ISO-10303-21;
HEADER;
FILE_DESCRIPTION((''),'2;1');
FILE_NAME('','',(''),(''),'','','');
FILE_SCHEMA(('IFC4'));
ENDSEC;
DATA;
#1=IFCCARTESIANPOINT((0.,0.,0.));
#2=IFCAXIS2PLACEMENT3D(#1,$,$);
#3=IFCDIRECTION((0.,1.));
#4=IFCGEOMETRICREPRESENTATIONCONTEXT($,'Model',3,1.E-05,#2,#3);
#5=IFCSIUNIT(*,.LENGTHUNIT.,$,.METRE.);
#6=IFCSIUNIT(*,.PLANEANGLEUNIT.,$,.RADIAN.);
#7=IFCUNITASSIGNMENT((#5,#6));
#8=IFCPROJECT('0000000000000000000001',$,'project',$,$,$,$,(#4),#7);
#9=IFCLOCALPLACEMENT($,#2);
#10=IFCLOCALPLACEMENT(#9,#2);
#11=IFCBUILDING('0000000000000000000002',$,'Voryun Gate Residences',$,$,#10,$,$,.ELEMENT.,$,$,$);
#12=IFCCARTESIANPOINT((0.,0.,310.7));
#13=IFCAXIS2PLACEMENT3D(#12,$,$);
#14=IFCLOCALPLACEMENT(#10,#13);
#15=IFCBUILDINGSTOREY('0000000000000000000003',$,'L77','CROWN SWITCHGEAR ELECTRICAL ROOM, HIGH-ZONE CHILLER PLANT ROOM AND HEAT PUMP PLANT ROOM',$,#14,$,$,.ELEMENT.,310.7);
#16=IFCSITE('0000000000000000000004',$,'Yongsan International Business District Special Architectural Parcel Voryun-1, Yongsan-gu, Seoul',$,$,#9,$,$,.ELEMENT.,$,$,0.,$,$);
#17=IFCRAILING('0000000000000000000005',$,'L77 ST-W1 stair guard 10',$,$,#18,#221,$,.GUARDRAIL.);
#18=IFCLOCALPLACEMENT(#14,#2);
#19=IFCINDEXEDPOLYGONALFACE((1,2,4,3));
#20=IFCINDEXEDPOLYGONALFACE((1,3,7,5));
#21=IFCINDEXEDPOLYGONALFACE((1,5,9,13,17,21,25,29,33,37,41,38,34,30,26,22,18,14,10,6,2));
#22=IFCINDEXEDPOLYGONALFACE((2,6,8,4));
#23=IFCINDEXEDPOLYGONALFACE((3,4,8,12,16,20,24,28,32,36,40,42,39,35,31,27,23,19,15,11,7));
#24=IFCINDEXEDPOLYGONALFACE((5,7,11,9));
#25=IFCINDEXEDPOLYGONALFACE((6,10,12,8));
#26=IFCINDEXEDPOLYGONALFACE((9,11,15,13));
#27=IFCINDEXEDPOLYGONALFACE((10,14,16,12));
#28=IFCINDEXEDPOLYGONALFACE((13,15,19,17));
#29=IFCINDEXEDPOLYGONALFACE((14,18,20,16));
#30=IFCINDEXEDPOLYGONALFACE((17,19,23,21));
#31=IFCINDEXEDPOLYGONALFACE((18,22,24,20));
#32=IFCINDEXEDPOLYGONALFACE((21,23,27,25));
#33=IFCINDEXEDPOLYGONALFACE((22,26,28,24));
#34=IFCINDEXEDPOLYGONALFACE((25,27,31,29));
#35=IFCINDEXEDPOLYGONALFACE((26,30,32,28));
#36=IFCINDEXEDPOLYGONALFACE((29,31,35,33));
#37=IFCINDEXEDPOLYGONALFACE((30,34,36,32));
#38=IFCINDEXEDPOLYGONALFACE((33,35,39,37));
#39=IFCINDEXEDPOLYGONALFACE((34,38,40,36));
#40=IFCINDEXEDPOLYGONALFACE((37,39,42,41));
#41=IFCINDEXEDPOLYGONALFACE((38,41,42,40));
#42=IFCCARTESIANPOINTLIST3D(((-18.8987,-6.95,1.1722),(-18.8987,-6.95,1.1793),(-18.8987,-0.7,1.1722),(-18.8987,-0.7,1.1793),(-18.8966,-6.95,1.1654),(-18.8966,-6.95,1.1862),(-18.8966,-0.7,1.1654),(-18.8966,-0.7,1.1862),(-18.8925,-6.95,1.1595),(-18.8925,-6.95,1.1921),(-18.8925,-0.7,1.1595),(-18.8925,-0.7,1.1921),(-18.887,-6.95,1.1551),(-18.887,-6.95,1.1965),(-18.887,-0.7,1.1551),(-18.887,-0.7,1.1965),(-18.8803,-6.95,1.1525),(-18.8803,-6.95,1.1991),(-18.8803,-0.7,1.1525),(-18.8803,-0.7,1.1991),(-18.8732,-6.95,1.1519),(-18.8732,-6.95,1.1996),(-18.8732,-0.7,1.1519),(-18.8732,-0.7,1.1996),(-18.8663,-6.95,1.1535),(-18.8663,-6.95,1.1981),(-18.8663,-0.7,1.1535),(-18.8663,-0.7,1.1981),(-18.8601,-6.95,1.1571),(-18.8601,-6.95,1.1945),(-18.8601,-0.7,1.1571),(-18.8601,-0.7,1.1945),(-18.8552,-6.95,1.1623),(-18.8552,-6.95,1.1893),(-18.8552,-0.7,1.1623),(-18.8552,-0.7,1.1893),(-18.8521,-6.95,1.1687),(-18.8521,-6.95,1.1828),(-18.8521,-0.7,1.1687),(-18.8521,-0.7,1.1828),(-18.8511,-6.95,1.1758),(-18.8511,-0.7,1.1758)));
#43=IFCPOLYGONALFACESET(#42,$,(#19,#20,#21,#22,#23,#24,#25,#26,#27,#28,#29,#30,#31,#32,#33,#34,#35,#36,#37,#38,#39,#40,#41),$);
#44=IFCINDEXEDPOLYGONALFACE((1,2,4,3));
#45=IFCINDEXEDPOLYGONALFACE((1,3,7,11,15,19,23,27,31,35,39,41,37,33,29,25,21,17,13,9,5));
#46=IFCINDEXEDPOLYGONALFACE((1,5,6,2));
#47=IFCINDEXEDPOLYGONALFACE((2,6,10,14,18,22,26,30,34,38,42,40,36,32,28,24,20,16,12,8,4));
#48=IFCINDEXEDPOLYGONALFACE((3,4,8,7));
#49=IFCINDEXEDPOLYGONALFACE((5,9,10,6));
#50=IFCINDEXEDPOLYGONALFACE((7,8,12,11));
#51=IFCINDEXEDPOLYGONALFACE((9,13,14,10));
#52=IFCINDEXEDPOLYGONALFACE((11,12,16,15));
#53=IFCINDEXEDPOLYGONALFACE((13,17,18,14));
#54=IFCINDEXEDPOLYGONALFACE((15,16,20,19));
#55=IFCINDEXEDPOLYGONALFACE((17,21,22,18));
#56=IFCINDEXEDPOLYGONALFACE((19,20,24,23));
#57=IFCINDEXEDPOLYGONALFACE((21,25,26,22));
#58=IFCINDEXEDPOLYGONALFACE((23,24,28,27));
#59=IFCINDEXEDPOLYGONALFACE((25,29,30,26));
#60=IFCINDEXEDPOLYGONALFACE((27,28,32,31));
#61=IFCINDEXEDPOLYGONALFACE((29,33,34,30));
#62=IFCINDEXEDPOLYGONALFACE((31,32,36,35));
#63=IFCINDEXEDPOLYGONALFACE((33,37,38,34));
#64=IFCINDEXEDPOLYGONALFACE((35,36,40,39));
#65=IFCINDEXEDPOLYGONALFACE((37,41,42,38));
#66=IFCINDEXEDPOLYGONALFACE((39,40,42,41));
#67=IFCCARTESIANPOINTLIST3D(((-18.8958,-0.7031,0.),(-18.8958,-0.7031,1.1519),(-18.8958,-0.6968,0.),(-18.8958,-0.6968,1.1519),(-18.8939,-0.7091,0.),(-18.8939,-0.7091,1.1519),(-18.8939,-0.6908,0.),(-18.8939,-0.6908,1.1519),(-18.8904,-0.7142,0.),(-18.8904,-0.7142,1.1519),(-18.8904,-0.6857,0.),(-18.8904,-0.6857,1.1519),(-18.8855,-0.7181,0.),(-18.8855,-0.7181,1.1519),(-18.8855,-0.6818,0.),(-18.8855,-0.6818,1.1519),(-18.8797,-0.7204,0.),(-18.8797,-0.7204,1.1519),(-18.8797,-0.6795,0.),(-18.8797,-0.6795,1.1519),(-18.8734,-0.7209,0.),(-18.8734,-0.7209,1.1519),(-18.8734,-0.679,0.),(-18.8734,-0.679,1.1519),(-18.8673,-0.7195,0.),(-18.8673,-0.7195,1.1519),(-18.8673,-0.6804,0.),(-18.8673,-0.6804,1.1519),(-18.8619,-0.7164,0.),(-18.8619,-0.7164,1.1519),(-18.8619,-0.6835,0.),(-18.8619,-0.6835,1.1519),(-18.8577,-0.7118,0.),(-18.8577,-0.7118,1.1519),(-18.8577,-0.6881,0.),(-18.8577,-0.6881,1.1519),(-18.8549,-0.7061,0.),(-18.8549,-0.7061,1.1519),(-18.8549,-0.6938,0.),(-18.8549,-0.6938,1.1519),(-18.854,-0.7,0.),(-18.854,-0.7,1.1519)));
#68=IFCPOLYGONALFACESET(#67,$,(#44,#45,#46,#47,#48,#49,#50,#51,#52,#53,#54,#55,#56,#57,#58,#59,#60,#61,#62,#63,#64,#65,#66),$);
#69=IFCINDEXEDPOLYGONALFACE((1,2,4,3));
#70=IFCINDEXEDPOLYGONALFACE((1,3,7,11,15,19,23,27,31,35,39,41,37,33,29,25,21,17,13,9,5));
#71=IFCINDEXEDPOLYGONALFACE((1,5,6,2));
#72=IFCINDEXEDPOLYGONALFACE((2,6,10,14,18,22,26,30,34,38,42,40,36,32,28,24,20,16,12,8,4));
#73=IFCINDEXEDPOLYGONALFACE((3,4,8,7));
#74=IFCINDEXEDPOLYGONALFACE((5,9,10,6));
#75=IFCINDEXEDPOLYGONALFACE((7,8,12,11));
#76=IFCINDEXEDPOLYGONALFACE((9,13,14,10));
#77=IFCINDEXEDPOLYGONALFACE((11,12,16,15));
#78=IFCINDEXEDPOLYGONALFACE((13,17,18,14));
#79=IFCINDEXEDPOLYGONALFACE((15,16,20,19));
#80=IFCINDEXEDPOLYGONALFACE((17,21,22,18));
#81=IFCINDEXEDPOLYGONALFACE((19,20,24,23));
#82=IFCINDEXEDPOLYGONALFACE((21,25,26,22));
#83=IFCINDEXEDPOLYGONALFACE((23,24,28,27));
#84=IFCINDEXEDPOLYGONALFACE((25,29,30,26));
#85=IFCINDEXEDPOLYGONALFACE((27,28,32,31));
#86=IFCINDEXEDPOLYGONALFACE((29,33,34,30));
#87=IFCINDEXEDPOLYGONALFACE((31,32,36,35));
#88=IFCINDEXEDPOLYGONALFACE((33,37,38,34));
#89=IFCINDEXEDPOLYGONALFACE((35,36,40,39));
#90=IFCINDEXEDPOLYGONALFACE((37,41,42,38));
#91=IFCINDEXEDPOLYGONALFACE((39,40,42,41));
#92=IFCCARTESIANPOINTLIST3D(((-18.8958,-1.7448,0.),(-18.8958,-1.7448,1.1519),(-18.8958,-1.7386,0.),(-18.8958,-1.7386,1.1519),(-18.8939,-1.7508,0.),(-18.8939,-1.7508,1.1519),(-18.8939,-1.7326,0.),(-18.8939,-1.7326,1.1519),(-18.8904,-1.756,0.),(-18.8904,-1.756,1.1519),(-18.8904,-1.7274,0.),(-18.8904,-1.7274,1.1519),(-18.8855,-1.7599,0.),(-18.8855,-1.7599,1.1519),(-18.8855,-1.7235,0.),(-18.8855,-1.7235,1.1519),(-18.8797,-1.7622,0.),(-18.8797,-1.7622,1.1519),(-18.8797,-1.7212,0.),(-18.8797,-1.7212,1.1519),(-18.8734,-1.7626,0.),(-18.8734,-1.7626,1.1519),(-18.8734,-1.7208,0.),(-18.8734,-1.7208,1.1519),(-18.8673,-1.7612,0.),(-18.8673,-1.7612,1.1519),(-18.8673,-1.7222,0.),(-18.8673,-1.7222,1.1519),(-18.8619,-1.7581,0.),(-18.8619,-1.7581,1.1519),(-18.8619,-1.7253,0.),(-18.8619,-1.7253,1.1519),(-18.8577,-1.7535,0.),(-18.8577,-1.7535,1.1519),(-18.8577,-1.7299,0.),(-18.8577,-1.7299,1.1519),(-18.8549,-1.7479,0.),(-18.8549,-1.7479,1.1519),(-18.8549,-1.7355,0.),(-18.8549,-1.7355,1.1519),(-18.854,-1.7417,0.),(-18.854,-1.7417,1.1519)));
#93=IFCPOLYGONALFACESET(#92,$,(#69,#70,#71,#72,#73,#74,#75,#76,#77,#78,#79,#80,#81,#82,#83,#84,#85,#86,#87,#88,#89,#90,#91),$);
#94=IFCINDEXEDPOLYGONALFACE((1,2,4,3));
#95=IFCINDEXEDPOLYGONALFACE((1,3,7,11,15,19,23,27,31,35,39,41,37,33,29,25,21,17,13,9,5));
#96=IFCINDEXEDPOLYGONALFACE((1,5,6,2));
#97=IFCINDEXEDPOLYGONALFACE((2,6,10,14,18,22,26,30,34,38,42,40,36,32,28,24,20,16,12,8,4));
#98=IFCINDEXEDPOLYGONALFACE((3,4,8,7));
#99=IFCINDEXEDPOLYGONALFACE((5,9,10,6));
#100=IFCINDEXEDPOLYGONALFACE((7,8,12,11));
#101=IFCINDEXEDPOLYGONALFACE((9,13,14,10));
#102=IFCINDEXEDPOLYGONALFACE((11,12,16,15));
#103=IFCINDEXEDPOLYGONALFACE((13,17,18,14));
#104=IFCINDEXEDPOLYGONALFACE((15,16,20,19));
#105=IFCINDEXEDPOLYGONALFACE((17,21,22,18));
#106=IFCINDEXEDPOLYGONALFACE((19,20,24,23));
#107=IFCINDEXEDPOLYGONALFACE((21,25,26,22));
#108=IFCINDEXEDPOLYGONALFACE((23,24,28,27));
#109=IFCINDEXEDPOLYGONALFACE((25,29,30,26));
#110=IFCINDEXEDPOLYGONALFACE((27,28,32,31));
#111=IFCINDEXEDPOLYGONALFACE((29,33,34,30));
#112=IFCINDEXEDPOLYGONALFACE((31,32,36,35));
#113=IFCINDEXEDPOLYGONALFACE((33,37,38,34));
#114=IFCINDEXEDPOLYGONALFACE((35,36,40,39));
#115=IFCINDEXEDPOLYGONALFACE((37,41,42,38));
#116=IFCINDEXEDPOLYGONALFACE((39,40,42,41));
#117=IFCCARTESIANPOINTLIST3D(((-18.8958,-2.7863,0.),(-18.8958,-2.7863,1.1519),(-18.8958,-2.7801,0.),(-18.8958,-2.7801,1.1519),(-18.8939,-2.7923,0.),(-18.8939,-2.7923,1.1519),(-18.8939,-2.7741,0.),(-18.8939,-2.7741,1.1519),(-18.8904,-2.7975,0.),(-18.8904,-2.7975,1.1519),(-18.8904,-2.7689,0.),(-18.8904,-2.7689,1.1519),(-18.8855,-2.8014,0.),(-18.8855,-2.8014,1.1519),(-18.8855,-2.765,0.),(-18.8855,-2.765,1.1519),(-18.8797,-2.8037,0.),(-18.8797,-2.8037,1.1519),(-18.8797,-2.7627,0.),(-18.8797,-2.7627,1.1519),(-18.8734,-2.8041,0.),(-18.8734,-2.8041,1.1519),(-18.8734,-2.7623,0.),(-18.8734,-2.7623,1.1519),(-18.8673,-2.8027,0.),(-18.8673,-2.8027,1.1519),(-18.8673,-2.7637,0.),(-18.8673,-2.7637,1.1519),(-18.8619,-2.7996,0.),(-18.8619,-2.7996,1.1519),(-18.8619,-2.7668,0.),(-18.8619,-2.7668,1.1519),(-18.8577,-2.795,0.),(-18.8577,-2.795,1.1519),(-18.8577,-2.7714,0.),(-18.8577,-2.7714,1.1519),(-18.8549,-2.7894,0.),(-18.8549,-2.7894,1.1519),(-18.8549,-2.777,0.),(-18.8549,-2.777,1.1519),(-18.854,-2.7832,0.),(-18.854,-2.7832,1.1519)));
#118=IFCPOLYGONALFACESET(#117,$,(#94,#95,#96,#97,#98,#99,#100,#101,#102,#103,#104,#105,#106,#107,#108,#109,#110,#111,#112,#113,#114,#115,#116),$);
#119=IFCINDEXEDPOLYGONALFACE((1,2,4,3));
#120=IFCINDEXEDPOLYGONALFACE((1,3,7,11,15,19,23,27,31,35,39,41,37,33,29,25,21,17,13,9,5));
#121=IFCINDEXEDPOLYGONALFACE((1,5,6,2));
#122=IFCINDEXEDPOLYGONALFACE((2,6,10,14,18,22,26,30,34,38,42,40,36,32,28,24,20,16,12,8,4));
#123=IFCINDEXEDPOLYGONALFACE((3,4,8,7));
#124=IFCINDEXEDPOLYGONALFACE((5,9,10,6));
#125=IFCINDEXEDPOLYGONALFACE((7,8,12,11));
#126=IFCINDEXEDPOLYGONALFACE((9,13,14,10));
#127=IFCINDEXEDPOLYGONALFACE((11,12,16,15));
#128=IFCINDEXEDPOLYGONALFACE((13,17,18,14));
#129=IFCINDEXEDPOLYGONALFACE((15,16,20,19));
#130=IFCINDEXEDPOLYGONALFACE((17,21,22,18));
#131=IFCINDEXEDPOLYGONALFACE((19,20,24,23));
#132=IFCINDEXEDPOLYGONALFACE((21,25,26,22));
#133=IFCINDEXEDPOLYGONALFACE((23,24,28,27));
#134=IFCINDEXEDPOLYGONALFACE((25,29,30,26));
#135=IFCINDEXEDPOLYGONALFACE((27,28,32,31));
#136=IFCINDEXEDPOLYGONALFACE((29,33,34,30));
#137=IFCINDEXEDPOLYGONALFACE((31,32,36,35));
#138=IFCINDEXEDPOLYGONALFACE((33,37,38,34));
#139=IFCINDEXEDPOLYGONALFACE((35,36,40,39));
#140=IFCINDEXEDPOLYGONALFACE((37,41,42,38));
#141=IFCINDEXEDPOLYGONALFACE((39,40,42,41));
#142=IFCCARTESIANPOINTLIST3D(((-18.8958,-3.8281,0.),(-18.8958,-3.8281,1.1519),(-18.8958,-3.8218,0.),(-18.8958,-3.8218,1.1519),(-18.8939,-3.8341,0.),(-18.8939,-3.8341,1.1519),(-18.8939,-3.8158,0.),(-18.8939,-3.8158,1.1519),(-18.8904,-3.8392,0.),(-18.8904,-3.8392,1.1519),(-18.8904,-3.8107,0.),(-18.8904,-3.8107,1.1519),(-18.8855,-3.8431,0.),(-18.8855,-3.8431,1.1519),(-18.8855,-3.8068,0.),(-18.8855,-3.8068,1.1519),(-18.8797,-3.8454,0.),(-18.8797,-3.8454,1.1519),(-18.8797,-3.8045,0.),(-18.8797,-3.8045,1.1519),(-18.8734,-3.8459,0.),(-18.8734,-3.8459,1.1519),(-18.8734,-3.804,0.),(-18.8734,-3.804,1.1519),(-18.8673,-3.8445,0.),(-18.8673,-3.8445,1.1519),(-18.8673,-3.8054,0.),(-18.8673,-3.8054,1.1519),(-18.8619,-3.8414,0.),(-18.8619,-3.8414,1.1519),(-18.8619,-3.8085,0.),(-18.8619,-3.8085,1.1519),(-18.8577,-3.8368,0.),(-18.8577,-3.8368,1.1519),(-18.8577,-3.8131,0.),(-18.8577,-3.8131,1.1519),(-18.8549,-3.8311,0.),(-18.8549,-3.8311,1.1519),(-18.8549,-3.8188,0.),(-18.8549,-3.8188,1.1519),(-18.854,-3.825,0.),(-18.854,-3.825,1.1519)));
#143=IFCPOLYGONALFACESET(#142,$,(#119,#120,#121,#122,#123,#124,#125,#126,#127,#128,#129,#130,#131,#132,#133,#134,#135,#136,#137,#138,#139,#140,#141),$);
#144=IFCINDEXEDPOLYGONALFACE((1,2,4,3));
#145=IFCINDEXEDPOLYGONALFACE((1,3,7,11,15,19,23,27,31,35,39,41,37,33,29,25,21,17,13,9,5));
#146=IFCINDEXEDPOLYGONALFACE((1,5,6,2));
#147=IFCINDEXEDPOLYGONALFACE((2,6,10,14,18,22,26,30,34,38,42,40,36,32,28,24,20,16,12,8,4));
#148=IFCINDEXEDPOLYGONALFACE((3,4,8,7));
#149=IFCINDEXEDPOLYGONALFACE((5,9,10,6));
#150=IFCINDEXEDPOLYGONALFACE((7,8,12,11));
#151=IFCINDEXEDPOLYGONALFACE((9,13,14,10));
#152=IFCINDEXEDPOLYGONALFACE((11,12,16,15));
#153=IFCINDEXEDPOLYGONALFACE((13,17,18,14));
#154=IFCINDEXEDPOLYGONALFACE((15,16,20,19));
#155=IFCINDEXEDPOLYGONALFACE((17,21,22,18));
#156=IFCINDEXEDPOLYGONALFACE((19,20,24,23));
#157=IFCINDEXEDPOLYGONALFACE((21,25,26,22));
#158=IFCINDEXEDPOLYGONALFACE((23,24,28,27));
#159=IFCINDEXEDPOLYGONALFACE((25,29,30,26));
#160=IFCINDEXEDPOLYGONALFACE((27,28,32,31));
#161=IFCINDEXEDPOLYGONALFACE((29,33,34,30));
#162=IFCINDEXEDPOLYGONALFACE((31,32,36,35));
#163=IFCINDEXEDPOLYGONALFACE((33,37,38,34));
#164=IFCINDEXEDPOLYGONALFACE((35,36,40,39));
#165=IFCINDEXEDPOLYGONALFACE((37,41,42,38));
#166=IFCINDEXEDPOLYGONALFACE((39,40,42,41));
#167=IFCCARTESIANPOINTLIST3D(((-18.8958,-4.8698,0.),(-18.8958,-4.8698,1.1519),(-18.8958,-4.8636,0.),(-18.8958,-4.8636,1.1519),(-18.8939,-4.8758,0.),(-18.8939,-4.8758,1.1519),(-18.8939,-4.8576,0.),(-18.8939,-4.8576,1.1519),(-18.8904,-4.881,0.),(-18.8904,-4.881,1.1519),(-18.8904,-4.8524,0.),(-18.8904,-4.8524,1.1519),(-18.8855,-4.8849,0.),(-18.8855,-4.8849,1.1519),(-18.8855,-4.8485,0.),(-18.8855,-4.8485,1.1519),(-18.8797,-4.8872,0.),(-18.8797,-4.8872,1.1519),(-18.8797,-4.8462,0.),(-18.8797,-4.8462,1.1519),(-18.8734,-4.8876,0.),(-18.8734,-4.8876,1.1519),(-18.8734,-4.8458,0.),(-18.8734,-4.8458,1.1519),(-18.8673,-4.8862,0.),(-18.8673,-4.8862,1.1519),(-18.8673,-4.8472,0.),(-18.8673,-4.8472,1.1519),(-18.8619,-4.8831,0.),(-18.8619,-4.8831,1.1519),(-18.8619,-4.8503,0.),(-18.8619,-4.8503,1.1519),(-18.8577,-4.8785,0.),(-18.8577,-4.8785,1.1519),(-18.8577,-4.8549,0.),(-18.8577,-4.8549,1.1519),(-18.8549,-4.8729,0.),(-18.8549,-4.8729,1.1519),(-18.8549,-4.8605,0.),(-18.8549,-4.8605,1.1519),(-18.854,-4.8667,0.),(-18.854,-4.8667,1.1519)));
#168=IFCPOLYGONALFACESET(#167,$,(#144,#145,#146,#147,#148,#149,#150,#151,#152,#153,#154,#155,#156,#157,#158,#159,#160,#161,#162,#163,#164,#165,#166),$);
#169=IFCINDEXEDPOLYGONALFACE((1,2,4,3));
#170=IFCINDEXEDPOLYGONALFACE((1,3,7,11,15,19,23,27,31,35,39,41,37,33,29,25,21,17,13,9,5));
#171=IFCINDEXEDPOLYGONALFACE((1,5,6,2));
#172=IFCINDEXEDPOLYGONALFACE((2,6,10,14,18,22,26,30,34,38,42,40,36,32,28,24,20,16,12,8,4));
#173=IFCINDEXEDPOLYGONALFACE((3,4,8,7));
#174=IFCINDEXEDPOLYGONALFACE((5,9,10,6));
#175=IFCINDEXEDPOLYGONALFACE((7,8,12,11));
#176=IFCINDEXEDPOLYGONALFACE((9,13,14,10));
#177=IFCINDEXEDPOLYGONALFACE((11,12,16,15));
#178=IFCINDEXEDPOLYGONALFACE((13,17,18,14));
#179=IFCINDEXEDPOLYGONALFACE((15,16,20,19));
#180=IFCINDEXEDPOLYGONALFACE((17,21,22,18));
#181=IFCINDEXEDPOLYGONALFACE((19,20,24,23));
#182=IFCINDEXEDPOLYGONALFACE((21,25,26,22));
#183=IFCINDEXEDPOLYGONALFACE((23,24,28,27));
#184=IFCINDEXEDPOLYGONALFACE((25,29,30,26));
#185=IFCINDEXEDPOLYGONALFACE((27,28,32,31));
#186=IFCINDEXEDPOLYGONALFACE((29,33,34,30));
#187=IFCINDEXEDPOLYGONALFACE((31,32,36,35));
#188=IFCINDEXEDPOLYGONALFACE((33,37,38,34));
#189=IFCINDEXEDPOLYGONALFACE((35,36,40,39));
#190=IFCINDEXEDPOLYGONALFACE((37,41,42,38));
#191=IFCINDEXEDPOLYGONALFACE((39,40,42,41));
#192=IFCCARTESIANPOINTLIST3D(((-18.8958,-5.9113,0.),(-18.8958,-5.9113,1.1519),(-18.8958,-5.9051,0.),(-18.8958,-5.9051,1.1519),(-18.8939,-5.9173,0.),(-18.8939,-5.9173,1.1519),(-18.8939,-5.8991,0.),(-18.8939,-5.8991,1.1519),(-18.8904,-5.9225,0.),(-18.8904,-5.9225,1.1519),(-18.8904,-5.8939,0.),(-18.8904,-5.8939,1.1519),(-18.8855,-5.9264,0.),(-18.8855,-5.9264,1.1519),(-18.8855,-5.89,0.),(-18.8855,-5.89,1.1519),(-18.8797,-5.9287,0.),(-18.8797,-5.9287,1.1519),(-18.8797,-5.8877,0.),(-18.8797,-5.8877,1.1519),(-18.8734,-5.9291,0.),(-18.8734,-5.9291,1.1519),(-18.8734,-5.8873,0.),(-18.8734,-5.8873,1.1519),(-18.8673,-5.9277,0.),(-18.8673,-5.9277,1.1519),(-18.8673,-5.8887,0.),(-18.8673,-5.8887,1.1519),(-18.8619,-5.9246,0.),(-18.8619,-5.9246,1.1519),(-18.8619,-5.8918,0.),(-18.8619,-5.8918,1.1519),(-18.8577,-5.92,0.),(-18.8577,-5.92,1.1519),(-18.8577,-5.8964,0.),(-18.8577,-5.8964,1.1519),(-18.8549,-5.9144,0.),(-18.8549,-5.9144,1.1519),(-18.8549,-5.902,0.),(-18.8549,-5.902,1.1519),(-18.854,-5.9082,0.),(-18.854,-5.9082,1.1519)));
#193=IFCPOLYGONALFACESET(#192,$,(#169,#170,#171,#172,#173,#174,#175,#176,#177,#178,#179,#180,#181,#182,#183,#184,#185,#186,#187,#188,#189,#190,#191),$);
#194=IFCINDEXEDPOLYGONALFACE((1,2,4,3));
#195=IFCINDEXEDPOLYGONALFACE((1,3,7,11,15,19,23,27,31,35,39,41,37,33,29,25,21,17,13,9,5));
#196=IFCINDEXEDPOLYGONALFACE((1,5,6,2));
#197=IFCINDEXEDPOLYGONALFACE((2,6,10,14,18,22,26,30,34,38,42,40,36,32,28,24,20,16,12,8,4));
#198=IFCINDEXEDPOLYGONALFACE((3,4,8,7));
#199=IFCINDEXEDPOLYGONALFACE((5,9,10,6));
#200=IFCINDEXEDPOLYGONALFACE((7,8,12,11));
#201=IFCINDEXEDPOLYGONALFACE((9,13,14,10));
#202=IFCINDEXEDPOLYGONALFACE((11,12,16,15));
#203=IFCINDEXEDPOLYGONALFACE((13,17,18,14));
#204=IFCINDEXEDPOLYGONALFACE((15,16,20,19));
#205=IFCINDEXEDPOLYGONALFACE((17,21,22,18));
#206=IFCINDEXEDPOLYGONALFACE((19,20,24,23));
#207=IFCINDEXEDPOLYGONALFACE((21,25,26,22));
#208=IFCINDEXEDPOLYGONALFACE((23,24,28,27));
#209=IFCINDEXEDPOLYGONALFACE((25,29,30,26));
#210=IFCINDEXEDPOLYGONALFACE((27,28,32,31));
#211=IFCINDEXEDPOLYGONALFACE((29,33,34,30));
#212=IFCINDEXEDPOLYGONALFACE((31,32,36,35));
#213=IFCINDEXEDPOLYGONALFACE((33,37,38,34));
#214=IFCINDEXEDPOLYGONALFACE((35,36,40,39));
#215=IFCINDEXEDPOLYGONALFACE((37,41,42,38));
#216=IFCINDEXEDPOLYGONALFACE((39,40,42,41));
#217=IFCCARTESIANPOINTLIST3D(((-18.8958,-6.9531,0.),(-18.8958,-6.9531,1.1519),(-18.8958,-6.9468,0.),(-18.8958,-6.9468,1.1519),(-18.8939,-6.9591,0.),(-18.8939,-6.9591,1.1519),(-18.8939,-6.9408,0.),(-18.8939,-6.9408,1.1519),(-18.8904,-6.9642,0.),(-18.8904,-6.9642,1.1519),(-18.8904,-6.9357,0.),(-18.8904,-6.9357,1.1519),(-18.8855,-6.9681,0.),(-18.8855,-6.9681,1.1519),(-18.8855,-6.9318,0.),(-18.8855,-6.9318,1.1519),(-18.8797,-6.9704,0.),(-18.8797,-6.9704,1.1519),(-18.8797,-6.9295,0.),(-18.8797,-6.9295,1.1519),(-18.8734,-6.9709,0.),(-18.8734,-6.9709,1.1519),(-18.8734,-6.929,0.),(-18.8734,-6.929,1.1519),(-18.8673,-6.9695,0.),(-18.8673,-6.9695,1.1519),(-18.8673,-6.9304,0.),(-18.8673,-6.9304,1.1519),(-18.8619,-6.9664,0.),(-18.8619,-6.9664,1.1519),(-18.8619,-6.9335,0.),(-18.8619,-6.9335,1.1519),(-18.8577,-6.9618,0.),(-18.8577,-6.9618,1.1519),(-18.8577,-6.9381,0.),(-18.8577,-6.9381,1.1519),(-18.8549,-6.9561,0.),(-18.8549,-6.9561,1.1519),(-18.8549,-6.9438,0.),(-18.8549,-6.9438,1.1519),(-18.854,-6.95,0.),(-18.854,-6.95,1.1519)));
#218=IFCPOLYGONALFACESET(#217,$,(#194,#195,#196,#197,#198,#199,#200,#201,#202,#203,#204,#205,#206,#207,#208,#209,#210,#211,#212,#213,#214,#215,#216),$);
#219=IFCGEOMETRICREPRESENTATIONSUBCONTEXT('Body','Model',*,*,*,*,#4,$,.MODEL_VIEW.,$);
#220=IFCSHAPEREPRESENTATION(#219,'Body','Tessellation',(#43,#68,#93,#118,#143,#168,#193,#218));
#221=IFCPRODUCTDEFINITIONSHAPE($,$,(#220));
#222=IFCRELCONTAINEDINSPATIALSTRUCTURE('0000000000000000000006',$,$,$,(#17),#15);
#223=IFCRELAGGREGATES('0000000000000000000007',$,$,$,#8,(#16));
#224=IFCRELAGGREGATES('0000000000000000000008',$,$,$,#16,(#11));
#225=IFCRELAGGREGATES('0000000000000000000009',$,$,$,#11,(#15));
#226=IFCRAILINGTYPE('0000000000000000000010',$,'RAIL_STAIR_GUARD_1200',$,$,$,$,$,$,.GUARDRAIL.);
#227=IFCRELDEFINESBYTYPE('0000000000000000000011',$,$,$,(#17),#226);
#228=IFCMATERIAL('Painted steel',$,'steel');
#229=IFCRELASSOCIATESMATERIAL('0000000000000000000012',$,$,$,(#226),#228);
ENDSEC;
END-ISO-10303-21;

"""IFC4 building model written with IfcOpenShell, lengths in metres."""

from ifc_helpers import new_model, si_unit, direction, frame, origin, origin_2d, place, context, subcontext, project, spatial, circle, extrude, material, type_object, element, save


model = new_model("IFC4")

# Units and contexts
model_context = context("Model", 3, precision=1e-05, world=origin(), true_north=direction((0.0, 1.0)))
body_context = subcontext(model_context, "Body", "Model", "MODEL_VIEW")
ifc_project = project(units=[si_unit("LENGTHUNIT", "METRE"), si_unit("PLANEANGLEUNIT", "RADIAN")], contexts=[model_context])

# Site, building, storey
site_placement = place(None, origin())
site = spatial("IfcSite", under=ifc_project, at=site_placement, Name="Yongsan International Business District Special Architectural Parcel Voryun-1, Yongsan-gu, Seoul", CompositionType="ELEMENT", RefElevation=0.0)
building_placement = place(site_placement, origin())
building = spatial("IfcBuilding", under=site, at=building_placement, Name="Voryun Gate Residences", CompositionType="ELEMENT")
storey_placement = place(building_placement, frame((0.0, 0.0, 310.7)))
storey = spatial("IfcBuildingStorey", under=building, at=storey_placement, Name="L77", Description="CROWN SWITCHGEAR ELECTRICAL ROOM, HIGH-ZONE CHILLER PLANT ROOM AND HEAT PUMP PLANT ROOM", CompositionType="ELEMENT", Elevation=310.7)

# Railing
ifc_material_1 = material(Name="Painted steel", Category="steel")
railing_type = type_object("IfcRailingType", Name="RAIL_STAIR_GUARD_1200", PredefinedType="GUARDRAIL", material=ifc_material_1)
railing_1_placement = place(storey_placement, frame((-18.875, -0.7, 0.0)))
element("IfcRailing", 1, at=railing_1_placement, inside=storey, type_object=railing_type, Name="L77 ST-W1 stair guard 10", PredefinedType="GUARDRAIL", context=body_context, shape_type="SweptSolid", body=[
    extrude(circle(Radius=0.0239, at=origin_2d()), frame((0.0, 0.0, 1.1758), z_axis=(0.0, -1.0, 0.0), x_axis=(1.0, 0.0, 0.0)), (0.0, 0.0, 1.0), 6.25),
    extrude(circle(Radius=0.021, at=origin_2d()), origin(), (0.0, 0.0, 1.0), 1.1519),
    extrude(circle(Radius=0.021, at=origin_2d()), frame((0.0, -1.0417, 0.0)), (0.0, 0.0, 1.0), 1.1519),
    extrude(circle(Radius=0.021, at=origin_2d()), frame((0.0, -2.0833, 0.0)), (0.0, 0.0, 1.0), 1.1519),
    extrude(circle(Radius=0.021, at=origin_2d()), frame((0.0, -3.125, 0.0)), (0.0, 0.0, 1.0), 1.1519),
    extrude(circle(Radius=0.021, at=origin_2d()), frame((0.0, -4.1667, 0.0)), (0.0, 0.0, 1.0), 1.1519),
    extrude(circle(Radius=0.021, at=origin_2d()), frame((0.0, -5.2083, 0.0)), (0.0, 0.0, 1.0), 1.1519),
    extrude(circle(Radius=0.021, at=origin_2d()), frame((0.0, -6.25, 0.0)), (0.0, 0.0, 1.0), 1.1519),
])

save(model, "model.ifc")
